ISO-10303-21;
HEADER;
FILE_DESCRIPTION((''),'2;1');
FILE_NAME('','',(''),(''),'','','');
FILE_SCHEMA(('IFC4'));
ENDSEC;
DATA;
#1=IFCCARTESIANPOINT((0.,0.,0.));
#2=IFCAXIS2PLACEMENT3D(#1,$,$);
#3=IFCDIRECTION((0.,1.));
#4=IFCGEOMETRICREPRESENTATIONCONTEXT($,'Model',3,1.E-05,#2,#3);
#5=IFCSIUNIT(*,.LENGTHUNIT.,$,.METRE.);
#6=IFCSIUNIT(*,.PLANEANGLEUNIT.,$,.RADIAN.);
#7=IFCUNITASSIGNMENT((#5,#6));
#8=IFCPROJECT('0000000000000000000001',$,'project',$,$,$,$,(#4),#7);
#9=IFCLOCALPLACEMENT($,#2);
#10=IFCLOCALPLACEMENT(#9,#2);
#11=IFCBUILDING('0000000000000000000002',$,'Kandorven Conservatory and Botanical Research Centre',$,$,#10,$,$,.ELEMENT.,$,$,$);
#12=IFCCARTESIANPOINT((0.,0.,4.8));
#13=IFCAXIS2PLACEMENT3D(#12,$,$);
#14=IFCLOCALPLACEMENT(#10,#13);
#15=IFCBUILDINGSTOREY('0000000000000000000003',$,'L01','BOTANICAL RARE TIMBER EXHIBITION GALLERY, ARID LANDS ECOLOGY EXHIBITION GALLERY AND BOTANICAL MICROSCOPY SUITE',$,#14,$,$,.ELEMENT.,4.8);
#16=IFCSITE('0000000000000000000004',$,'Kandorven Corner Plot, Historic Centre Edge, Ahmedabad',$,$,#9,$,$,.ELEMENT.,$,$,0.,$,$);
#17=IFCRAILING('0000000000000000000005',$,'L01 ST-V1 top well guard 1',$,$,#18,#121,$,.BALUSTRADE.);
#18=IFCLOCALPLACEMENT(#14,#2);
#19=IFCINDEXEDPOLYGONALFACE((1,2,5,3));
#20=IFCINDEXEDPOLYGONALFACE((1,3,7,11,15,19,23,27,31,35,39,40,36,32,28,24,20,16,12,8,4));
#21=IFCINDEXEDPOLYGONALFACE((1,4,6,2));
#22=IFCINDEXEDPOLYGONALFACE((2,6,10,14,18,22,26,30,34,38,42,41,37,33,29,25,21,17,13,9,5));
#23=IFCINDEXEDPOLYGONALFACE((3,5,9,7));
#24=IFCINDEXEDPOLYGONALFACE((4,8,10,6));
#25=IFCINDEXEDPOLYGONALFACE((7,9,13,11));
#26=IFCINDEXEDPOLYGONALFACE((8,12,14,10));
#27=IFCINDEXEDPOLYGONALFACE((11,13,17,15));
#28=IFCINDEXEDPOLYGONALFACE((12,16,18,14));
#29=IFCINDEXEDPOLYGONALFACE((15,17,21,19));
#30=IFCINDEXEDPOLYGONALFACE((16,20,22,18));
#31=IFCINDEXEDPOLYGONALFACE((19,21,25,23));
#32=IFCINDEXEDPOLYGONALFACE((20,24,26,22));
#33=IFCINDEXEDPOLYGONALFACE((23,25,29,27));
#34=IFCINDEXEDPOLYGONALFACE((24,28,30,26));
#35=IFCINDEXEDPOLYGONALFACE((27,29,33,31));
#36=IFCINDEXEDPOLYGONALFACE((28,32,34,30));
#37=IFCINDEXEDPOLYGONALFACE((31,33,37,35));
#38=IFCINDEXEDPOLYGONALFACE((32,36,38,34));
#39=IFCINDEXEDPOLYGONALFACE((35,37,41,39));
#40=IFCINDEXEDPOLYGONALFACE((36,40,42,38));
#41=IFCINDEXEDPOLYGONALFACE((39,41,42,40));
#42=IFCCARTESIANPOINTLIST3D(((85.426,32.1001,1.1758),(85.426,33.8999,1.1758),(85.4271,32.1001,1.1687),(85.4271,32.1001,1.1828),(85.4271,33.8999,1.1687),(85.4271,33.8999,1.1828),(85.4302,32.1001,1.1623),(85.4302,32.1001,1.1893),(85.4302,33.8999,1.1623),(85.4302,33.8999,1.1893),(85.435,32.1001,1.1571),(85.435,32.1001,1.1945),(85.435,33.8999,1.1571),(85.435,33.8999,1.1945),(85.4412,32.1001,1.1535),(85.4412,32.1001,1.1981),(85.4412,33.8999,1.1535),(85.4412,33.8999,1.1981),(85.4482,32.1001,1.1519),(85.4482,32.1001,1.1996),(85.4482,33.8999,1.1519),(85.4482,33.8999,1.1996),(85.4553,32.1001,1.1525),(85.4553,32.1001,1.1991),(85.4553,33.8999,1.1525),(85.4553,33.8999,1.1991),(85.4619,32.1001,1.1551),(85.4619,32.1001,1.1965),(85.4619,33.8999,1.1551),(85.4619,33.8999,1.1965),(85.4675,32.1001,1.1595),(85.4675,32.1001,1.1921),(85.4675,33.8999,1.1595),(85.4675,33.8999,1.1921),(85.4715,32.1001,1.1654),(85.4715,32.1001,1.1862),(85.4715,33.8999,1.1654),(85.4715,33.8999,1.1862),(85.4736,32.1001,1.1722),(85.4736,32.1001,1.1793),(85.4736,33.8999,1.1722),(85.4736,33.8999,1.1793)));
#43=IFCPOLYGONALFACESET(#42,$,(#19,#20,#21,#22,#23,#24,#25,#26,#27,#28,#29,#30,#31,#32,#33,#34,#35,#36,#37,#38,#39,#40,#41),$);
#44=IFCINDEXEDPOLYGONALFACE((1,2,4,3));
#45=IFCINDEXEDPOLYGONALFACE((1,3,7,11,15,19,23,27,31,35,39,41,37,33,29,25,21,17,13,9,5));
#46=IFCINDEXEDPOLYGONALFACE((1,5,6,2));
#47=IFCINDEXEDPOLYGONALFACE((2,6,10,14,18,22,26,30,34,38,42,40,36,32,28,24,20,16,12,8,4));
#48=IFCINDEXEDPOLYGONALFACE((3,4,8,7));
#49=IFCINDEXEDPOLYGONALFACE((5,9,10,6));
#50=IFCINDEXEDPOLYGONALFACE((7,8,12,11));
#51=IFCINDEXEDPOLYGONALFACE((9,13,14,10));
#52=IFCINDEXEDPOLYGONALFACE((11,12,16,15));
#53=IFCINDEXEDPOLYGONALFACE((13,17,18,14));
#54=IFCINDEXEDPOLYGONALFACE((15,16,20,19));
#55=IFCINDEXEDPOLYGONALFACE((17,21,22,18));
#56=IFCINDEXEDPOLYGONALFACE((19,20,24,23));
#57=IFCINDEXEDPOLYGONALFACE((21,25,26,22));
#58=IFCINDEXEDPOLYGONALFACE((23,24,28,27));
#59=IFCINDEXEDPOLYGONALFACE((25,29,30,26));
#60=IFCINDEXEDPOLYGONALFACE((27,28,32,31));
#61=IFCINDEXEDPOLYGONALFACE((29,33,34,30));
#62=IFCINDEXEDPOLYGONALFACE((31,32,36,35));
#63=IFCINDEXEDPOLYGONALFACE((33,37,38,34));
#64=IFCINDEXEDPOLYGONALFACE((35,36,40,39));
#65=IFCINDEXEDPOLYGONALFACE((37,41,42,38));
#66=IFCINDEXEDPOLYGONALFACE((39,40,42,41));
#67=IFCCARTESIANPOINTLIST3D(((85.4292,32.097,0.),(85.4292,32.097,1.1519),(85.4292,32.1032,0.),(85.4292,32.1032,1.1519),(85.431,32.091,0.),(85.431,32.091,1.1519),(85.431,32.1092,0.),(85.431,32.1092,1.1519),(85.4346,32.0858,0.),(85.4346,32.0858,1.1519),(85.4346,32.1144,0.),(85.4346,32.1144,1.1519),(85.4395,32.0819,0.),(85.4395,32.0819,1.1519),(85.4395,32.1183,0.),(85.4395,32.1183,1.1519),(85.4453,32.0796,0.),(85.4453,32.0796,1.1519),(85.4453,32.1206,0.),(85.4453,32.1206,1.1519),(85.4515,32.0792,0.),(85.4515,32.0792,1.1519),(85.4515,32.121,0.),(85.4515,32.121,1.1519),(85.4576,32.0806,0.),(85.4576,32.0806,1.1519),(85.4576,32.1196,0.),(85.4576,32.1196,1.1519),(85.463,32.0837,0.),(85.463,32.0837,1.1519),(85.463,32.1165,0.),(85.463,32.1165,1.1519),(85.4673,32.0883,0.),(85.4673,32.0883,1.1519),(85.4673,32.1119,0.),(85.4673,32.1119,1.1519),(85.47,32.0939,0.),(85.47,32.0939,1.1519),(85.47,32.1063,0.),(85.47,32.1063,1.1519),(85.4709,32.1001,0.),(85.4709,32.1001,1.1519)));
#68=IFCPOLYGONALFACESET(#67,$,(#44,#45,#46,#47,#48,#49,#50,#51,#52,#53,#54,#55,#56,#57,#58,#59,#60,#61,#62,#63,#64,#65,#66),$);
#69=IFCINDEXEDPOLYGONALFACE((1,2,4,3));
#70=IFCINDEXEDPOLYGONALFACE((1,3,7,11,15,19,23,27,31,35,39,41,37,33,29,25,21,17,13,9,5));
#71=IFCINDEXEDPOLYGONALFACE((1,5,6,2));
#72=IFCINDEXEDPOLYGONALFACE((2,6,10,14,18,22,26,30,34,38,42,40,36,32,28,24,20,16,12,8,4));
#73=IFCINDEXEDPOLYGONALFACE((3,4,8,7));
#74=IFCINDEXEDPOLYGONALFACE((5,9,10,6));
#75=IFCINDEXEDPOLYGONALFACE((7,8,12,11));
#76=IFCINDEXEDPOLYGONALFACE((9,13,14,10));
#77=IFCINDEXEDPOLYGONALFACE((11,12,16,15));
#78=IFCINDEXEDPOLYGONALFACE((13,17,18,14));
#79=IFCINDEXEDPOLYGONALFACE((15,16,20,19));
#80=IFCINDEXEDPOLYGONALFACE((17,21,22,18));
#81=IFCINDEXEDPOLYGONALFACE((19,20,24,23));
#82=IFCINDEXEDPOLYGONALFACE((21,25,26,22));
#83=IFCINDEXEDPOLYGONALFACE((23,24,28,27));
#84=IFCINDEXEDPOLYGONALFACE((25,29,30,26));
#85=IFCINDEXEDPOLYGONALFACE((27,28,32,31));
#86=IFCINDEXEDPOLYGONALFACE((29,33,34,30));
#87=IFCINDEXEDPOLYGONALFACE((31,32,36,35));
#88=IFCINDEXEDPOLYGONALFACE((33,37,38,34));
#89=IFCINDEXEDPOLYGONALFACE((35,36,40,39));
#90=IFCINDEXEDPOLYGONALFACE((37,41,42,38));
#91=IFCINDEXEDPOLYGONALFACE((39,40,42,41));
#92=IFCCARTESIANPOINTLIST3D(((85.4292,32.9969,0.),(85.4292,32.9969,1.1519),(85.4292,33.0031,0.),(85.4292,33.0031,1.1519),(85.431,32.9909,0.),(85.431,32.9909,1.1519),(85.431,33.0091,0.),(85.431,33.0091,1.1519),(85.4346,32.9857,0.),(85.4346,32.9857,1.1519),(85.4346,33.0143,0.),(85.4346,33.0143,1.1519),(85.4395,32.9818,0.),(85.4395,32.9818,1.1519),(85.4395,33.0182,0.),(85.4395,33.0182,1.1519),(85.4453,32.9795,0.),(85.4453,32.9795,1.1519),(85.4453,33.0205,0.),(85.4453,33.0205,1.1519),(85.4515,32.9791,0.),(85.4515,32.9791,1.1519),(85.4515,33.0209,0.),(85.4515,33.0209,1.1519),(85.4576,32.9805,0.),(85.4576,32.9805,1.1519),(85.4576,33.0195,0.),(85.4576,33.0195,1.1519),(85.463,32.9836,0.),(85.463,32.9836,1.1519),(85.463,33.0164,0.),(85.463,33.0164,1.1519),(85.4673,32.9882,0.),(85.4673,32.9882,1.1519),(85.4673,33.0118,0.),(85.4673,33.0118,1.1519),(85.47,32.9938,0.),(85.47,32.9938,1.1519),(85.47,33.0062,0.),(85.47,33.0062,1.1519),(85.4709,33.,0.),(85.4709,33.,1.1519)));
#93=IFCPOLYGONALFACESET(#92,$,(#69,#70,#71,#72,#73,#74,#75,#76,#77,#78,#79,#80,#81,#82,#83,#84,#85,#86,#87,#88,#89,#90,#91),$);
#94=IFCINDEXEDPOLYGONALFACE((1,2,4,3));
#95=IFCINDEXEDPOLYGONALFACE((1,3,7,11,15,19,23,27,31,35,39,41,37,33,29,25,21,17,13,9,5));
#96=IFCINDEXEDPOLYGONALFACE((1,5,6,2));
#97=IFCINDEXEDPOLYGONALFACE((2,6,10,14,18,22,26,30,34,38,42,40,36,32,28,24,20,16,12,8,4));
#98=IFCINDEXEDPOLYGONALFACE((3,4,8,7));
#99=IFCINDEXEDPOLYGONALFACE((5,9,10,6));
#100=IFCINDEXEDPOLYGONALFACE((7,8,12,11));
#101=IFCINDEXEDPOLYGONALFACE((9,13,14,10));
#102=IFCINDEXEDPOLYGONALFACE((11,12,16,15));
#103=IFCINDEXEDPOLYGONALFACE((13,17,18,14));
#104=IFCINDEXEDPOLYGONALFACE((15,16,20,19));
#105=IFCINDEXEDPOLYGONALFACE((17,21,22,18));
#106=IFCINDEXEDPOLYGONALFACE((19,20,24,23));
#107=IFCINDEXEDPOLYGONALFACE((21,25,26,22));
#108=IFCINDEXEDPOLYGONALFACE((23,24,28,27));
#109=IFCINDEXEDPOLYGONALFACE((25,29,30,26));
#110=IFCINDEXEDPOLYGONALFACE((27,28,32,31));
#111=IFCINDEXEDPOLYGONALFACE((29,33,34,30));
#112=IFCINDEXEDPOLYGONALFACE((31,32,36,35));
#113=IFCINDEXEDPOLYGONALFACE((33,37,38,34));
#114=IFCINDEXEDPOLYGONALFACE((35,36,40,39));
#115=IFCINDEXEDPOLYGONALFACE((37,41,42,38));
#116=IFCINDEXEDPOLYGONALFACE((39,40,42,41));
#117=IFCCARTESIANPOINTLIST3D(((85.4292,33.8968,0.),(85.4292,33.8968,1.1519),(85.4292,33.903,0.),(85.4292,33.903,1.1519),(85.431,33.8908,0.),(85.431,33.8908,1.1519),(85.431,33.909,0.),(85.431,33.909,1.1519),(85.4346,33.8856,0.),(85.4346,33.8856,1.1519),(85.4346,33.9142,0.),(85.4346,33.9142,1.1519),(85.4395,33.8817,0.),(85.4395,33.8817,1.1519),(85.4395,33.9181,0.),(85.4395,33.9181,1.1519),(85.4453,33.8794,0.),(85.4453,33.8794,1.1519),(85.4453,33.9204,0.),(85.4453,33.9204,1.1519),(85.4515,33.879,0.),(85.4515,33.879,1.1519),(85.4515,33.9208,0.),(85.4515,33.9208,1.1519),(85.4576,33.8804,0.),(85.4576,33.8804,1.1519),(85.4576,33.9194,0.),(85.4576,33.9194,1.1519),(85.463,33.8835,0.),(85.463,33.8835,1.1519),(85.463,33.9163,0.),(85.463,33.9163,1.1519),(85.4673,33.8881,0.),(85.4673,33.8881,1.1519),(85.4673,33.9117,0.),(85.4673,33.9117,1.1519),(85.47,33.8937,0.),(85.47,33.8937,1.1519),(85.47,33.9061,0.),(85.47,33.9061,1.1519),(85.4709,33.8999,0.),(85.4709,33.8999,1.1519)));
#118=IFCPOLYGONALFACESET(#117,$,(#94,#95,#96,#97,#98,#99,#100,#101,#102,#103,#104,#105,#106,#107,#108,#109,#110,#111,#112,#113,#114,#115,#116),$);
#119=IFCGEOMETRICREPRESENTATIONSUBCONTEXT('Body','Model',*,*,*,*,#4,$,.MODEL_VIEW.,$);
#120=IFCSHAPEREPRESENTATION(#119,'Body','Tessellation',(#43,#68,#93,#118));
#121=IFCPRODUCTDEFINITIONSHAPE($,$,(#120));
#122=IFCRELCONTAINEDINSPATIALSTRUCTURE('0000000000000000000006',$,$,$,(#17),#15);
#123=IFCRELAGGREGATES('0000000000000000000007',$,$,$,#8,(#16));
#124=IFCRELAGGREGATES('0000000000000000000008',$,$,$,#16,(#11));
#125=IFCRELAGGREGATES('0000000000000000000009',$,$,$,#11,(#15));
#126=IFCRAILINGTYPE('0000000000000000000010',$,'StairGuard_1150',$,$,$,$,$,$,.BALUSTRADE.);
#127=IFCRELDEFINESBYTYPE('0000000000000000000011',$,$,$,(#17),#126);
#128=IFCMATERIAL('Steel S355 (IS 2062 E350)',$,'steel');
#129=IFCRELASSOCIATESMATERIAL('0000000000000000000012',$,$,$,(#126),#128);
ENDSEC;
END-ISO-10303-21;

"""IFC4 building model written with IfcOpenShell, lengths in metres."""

from ifc_helpers import new_model, si_unit, direction, frame, origin, origin_2d, place, context, subcontext, project, spatial, circle, extrude, material, type_object, element, save


model = new_model("IFC4")

# Units and contexts
model_context = context("Model", 3, precision=1e-05, world=origin(), true_north=direction((0.0, 1.0)))
body_context = subcontext(model_context, "Body", "Model", "MODEL_VIEW")
ifc_project = project(units=[si_unit("LENGTHUNIT", "METRE"), si_unit("PLANEANGLEUNIT", "RADIAN")], contexts=[model_context])

# Site, building, storey
site_placement = place(None, origin())
site = spatial("IfcSite", under=ifc_project, at=site_placement, Name="Kandorven Corner Plot, Historic Centre Edge, Ahmedabad", CompositionType="ELEMENT", RefElevation=0.0)
building_placement = place(site_placement, origin())
building = spatial("IfcBuilding", under=site, at=building_placement, Name="Kandorven Conservatory and Botanical Research Centre", CompositionType="ELEMENT")
storey_placement = place(building_placement, frame((0.0, 0.0, 4.8)))
storey = spatial("IfcBuildingStorey", under=building, at=storey_placement, Name="L01", Description="BOTANICAL RARE TIMBER EXHIBITION GALLERY, ARID LANDS ECOLOGY EXHIBITION GALLERY AND BOTANICAL MICROSCOPY SUITE", CompositionType="ELEMENT", Elevation=4.8)

# Railing
ifc_material_1 = material(Name="Steel S355 (IS 2062 E350)", Category="steel")
railing_type = type_object("IfcRailingType", Name="StairGuard_1150", PredefinedType="BALUSTRADE", material=ifc_material_1)
railing_placement = place(storey_placement, frame((85.45, 32.1001, 0.0)))
element("IfcRailing", 1, at=railing_placement, inside=storey, type_object=railing_type, Name="L01 ST-V1 top well guard 1", PredefinedType="BALUSTRADE", context=body_context, shape_type="SweptSolid", body=[
    extrude(circle(Radius=0.0239, at=origin_2d()), frame((0.0, 0.0, 1.1758), z_axis=(0.0, 1.0, 0.0), x_axis=(-1.0, 0.0, 0.0)), (0.0, 0.0, 1.0), 1.7998),
    extrude(circle(Radius=0.021, at=origin_2d()), origin(), (0.0, 0.0, 1.0), 1.1519),
    extrude(circle(Radius=0.021, at=origin_2d()), frame((0.0, 0.8999, 0.0)), (0.0, 0.0, 1.0), 1.1519),
    extrude(circle(Radius=0.021, at=origin_2d()), frame((0.0, 1.7998, 0.0)), (0.0, 0.0, 1.0), 1.1519),
])

save(model, "model.ifc")
